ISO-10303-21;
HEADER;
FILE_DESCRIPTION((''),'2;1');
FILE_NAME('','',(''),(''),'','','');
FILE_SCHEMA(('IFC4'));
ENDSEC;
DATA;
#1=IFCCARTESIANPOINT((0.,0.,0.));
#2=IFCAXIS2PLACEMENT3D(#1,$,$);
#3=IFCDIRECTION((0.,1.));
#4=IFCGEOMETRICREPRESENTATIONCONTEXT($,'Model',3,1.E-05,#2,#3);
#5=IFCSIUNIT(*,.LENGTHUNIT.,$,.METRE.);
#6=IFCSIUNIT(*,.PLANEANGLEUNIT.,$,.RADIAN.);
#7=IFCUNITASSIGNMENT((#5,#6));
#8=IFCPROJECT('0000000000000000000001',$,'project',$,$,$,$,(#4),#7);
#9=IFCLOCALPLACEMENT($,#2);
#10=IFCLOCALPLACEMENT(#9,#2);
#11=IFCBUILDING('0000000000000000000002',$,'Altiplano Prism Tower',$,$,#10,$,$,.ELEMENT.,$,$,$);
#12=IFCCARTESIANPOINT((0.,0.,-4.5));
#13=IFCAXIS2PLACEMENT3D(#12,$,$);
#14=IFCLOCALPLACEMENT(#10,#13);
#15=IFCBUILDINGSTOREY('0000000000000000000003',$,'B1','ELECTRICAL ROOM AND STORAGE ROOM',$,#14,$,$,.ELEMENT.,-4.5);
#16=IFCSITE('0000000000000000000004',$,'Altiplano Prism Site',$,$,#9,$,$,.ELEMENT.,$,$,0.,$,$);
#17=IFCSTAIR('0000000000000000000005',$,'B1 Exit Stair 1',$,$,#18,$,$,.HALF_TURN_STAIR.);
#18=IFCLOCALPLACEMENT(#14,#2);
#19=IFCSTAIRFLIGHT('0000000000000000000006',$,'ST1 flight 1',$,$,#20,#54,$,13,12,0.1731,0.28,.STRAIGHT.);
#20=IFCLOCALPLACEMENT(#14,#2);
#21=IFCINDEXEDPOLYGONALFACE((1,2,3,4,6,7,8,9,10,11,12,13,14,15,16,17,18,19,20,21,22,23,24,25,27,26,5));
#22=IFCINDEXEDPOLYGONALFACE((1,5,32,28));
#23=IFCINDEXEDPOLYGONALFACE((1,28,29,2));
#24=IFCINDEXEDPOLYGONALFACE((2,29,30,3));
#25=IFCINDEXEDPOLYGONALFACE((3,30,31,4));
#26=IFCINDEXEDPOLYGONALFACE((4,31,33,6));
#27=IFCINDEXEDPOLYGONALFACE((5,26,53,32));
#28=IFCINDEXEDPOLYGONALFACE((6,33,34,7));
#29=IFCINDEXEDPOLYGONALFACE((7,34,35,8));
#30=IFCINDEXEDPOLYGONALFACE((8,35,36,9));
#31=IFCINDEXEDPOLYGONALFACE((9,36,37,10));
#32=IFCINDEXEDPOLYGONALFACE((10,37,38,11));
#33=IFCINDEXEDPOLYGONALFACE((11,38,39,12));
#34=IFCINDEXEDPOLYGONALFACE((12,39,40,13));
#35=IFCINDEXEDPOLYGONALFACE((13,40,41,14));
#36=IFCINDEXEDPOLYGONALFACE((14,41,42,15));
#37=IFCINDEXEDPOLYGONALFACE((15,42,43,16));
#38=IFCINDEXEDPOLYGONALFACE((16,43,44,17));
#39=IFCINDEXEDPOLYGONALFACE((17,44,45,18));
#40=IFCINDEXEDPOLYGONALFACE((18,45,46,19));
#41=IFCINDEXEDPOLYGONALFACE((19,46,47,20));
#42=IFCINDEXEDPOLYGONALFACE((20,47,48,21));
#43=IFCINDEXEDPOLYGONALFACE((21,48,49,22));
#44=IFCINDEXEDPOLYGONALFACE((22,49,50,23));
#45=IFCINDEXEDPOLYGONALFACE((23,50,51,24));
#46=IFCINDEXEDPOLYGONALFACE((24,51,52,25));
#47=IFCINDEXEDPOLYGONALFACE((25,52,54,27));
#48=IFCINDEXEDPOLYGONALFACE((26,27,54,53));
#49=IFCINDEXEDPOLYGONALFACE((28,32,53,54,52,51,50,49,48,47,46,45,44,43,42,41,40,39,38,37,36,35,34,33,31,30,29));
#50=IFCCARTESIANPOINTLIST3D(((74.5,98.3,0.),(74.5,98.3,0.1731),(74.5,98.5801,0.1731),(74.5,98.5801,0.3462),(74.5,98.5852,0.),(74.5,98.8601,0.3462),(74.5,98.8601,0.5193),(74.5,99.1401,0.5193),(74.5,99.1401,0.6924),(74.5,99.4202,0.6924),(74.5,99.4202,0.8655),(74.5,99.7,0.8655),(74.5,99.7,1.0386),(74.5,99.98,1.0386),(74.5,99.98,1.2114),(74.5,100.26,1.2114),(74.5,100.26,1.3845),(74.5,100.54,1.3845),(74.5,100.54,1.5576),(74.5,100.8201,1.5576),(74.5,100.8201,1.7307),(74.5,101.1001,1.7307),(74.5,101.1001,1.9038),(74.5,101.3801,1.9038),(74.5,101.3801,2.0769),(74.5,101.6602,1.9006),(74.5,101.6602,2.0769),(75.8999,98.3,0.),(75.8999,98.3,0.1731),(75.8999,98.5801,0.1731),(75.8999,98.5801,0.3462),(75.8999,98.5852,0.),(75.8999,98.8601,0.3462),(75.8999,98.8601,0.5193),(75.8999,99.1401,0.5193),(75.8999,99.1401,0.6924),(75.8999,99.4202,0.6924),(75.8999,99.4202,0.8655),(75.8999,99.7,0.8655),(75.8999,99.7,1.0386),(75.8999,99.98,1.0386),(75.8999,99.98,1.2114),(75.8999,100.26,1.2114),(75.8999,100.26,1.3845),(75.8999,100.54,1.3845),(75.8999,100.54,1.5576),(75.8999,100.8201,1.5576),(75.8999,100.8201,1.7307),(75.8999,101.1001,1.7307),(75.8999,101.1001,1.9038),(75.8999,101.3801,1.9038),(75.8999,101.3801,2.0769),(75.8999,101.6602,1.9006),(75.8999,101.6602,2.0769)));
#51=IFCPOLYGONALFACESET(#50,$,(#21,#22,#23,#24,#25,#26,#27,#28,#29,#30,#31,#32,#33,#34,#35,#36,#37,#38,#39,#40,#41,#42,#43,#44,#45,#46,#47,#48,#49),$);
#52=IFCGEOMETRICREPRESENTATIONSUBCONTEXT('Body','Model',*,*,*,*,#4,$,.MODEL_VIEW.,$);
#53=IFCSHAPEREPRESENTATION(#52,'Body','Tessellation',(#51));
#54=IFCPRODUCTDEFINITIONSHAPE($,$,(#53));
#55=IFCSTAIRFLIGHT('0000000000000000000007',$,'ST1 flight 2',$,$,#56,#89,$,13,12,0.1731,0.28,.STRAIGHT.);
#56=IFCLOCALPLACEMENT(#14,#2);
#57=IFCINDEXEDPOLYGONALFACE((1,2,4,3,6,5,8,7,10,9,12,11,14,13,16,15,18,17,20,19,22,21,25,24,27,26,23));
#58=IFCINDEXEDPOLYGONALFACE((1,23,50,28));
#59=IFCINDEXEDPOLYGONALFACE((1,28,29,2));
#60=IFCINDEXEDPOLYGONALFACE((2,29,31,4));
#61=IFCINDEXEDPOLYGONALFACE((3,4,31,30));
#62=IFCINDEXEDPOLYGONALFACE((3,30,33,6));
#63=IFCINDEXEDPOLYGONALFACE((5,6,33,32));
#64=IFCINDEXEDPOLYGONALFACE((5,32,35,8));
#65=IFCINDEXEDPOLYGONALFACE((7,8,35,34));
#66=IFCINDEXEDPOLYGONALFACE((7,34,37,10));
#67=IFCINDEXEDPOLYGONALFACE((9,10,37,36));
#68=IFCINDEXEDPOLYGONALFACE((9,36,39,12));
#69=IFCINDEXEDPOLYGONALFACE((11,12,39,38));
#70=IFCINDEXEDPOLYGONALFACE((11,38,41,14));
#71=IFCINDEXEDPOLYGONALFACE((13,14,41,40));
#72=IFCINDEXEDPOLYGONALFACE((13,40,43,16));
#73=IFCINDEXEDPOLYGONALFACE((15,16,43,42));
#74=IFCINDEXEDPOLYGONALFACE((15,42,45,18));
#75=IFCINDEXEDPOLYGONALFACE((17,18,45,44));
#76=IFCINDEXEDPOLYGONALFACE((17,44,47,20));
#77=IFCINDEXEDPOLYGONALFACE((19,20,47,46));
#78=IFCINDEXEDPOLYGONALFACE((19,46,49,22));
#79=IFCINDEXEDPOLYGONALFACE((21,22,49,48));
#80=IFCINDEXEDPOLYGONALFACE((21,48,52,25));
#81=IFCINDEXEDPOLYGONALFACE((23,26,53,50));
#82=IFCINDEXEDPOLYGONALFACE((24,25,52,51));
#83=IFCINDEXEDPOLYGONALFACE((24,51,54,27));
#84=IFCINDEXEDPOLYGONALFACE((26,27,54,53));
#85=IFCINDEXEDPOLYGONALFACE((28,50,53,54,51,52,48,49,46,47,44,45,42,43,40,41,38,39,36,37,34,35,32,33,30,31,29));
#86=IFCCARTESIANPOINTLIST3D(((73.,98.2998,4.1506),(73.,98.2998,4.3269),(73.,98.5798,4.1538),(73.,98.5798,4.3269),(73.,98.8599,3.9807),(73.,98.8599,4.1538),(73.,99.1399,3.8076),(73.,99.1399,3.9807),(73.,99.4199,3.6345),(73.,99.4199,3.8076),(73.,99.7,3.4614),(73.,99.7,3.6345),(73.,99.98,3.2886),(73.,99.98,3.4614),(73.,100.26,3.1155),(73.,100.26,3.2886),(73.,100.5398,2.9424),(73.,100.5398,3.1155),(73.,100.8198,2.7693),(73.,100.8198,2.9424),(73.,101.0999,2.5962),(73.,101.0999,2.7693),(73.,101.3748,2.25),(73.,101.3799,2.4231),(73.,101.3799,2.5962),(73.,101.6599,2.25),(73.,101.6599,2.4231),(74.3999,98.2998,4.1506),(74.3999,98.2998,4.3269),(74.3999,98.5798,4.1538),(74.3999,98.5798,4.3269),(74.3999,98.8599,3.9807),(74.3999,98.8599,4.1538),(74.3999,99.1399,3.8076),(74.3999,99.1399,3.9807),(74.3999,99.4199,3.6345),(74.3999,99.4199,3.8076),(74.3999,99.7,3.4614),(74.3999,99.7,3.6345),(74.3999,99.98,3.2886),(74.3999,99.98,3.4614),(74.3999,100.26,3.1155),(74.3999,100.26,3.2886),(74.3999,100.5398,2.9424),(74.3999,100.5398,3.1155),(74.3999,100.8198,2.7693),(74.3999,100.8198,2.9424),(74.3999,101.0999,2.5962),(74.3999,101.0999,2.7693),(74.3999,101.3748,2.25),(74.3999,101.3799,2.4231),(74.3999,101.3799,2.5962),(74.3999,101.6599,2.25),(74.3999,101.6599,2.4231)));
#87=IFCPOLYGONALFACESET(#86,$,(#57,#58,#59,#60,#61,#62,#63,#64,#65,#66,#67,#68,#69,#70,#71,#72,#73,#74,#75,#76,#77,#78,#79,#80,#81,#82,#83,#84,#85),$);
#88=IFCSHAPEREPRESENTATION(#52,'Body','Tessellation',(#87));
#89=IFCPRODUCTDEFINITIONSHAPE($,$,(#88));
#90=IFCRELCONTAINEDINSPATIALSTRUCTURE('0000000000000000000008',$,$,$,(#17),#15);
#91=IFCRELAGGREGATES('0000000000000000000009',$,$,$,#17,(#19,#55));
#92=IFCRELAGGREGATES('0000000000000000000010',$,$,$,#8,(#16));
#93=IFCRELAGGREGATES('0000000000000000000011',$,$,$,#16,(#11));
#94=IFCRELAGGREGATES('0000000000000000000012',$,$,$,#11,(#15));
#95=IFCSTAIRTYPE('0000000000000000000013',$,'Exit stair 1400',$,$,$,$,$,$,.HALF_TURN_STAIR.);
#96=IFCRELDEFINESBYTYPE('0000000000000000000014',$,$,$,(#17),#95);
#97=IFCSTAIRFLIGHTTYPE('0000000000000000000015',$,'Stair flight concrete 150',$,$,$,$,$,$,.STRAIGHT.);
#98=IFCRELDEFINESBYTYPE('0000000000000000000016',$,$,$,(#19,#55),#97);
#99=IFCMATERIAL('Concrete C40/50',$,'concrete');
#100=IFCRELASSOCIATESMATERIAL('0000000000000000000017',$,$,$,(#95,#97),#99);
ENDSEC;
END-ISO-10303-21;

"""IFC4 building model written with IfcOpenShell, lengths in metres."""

from ifc_helpers import new_model, si_unit, direction, frame, origin, place, context, subcontext, project, spatial, polyline, outline, extrude, material, type_object, element, aggregate, save


model = new_model("IFC4")

# Units and contexts
model_context = context("Model", 3, precision=1e-05, world=origin(), true_north=direction((0.0, 1.0)))
body_context = subcontext(model_context, "Body", "Model", "MODEL_VIEW")
ifc_project = project(units=[si_unit("LENGTHUNIT", "METRE"), si_unit("PLANEANGLEUNIT", "RADIAN")], contexts=[model_context])

# Site, building, storey
site_placement = place(None, origin())
site = spatial("IfcSite", under=ifc_project, at=site_placement, Name="Altiplano Prism Site", CompositionType="ELEMENT", RefElevation=0.0)
building_placement = place(site_placement, origin())
building = spatial("IfcBuilding", under=site, at=building_placement, Name="Altiplano Prism Tower", CompositionType="ELEMENT")
storey_placement = place(building_placement, frame((0.0, 0.0, -4.5)))
storey = spatial("IfcBuildingStorey", under=building, at=storey_placement, Name="B1", Description="ELECTRICAL ROOM AND STORAGE ROOM", CompositionType="ELEMENT", Elevation=-4.5)

# Shared definitions
ifc_material_1 = material(Name="Concrete C40/50", Category="concrete")

# Stair, stair flights
stair_type = type_object("IfcStairType", Name="Exit stair 1400", PredefinedType="HALF_TURN_STAIR", material=ifc_material_1)
stair_placement = place(storey_placement, origin())
stair = element("IfcStair", 1, at=stair_placement, inside=storey, type_object=stair_type, Name="B1 Exit Stair 1", PredefinedType="HALF_TURN_STAIR")
stair_flight_type = type_object("IfcStairFlightType", Name="Stair flight concrete 150", PredefinedType="STRAIGHT", material=ifc_material_1)
stair_flight_1_placement = place(storey_placement, frame((75.2, 98.3, 0.0), z_axis=(0.0, 0.0, 1.0), x_axis=(0.0, 1.0, 0.0)))
stair_flight_1 = element("IfcStairFlight", 2, at=stair_flight_1_placement, type_object=stair_flight_type, Name="ST1 flight 1", NumberOfRisers=13, NumberOfTreads=12, PredefinedType="STRAIGHT", RiserHeight=0.1731, TreadLength=0.28, context=body_context, shape_type="SweptSolid", body=[
    extrude(outline(polyline([(0.0, 0.0), (0.0, 0.1731), (0.28, 0.1731), (0.28, 0.3462), (0.5601, 0.3462), (0.5601, 0.5193), (0.8401, 0.5193), (0.8401, 0.6924), (1.1201, 0.6924), (1.1201, 0.8655), (1.3999, 0.8655), (1.3999, 1.0386), (1.6799, 1.0386), (1.6799, 1.2114), (1.96, 1.2114), (1.96, 1.3845), (2.24, 1.3845), (2.24, 1.5576), (2.52, 1.5576), (2.52, 1.7307), (2.8, 1.7307), (2.8, 1.9038), (3.0801, 1.9038), (3.0801, 2.0769), (3.3601, 2.0769), (3.3601, 2.25), (3.3601, 1.9006), (0.2852, 0.0), (0.0, 0.0)])), frame((0.0, 0.7, 0.0), z_axis=(0.0, -1.0, 0.0), x_axis=(1.0, 0.0, 0.0)), (0.0, 0.0, 1.0), 1.3999),
])
stair_flight_2_placement = place(storey_placement, frame((73.7, 101.6599, 2.25), z_axis=(0.0, 0.0, 1.0), x_axis=(0.0, -1.0, 0.0)))
stair_flight_2 = element("IfcStairFlight", 3, at=stair_flight_2_placement, type_object=stair_flight_type, Name="ST1 flight 2", NumberOfRisers=13, NumberOfTreads=12, PredefinedType="STRAIGHT", RiserHeight=0.1731, TreadLength=0.28, context=body_context, shape_type="SweptSolid", body=[
    extrude(outline(polyline([(0.0, 0.0), (0.0, 0.1731), (0.28, 0.1731), (0.28, 0.3462), (0.5601, 0.3462), (0.5601, 0.5193), (0.8401, 0.5193), (0.8401, 0.6924), (1.1201, 0.6924), (1.1201, 0.8655), (1.3999, 0.8655), (1.3999, 1.0386), (1.6799, 1.0386), (1.6799, 1.2114), (1.96, 1.2114), (1.96, 1.3845), (2.24, 1.3845), (2.24, 1.5576), (2.52, 1.5576), (2.52, 1.7307), (2.8, 1.7307), (2.8, 1.9038), (3.0801, 1.9038), (3.0801, 2.0769), (3.3601, 2.0769), (3.3601, 2.25), (3.3601, 1.9006), (0.2852, 0.0), (0.0, 0.0)])), frame((0.0, 0.7, 0.0), z_axis=(0.0, -1.0, 0.0), x_axis=(1.0, 0.0, 0.0)), (0.0, 0.0, 1.0), 1.3999),
])
aggregate(stair, [stair_flight_1, stair_flight_2])

save(model, "model.ifc")
